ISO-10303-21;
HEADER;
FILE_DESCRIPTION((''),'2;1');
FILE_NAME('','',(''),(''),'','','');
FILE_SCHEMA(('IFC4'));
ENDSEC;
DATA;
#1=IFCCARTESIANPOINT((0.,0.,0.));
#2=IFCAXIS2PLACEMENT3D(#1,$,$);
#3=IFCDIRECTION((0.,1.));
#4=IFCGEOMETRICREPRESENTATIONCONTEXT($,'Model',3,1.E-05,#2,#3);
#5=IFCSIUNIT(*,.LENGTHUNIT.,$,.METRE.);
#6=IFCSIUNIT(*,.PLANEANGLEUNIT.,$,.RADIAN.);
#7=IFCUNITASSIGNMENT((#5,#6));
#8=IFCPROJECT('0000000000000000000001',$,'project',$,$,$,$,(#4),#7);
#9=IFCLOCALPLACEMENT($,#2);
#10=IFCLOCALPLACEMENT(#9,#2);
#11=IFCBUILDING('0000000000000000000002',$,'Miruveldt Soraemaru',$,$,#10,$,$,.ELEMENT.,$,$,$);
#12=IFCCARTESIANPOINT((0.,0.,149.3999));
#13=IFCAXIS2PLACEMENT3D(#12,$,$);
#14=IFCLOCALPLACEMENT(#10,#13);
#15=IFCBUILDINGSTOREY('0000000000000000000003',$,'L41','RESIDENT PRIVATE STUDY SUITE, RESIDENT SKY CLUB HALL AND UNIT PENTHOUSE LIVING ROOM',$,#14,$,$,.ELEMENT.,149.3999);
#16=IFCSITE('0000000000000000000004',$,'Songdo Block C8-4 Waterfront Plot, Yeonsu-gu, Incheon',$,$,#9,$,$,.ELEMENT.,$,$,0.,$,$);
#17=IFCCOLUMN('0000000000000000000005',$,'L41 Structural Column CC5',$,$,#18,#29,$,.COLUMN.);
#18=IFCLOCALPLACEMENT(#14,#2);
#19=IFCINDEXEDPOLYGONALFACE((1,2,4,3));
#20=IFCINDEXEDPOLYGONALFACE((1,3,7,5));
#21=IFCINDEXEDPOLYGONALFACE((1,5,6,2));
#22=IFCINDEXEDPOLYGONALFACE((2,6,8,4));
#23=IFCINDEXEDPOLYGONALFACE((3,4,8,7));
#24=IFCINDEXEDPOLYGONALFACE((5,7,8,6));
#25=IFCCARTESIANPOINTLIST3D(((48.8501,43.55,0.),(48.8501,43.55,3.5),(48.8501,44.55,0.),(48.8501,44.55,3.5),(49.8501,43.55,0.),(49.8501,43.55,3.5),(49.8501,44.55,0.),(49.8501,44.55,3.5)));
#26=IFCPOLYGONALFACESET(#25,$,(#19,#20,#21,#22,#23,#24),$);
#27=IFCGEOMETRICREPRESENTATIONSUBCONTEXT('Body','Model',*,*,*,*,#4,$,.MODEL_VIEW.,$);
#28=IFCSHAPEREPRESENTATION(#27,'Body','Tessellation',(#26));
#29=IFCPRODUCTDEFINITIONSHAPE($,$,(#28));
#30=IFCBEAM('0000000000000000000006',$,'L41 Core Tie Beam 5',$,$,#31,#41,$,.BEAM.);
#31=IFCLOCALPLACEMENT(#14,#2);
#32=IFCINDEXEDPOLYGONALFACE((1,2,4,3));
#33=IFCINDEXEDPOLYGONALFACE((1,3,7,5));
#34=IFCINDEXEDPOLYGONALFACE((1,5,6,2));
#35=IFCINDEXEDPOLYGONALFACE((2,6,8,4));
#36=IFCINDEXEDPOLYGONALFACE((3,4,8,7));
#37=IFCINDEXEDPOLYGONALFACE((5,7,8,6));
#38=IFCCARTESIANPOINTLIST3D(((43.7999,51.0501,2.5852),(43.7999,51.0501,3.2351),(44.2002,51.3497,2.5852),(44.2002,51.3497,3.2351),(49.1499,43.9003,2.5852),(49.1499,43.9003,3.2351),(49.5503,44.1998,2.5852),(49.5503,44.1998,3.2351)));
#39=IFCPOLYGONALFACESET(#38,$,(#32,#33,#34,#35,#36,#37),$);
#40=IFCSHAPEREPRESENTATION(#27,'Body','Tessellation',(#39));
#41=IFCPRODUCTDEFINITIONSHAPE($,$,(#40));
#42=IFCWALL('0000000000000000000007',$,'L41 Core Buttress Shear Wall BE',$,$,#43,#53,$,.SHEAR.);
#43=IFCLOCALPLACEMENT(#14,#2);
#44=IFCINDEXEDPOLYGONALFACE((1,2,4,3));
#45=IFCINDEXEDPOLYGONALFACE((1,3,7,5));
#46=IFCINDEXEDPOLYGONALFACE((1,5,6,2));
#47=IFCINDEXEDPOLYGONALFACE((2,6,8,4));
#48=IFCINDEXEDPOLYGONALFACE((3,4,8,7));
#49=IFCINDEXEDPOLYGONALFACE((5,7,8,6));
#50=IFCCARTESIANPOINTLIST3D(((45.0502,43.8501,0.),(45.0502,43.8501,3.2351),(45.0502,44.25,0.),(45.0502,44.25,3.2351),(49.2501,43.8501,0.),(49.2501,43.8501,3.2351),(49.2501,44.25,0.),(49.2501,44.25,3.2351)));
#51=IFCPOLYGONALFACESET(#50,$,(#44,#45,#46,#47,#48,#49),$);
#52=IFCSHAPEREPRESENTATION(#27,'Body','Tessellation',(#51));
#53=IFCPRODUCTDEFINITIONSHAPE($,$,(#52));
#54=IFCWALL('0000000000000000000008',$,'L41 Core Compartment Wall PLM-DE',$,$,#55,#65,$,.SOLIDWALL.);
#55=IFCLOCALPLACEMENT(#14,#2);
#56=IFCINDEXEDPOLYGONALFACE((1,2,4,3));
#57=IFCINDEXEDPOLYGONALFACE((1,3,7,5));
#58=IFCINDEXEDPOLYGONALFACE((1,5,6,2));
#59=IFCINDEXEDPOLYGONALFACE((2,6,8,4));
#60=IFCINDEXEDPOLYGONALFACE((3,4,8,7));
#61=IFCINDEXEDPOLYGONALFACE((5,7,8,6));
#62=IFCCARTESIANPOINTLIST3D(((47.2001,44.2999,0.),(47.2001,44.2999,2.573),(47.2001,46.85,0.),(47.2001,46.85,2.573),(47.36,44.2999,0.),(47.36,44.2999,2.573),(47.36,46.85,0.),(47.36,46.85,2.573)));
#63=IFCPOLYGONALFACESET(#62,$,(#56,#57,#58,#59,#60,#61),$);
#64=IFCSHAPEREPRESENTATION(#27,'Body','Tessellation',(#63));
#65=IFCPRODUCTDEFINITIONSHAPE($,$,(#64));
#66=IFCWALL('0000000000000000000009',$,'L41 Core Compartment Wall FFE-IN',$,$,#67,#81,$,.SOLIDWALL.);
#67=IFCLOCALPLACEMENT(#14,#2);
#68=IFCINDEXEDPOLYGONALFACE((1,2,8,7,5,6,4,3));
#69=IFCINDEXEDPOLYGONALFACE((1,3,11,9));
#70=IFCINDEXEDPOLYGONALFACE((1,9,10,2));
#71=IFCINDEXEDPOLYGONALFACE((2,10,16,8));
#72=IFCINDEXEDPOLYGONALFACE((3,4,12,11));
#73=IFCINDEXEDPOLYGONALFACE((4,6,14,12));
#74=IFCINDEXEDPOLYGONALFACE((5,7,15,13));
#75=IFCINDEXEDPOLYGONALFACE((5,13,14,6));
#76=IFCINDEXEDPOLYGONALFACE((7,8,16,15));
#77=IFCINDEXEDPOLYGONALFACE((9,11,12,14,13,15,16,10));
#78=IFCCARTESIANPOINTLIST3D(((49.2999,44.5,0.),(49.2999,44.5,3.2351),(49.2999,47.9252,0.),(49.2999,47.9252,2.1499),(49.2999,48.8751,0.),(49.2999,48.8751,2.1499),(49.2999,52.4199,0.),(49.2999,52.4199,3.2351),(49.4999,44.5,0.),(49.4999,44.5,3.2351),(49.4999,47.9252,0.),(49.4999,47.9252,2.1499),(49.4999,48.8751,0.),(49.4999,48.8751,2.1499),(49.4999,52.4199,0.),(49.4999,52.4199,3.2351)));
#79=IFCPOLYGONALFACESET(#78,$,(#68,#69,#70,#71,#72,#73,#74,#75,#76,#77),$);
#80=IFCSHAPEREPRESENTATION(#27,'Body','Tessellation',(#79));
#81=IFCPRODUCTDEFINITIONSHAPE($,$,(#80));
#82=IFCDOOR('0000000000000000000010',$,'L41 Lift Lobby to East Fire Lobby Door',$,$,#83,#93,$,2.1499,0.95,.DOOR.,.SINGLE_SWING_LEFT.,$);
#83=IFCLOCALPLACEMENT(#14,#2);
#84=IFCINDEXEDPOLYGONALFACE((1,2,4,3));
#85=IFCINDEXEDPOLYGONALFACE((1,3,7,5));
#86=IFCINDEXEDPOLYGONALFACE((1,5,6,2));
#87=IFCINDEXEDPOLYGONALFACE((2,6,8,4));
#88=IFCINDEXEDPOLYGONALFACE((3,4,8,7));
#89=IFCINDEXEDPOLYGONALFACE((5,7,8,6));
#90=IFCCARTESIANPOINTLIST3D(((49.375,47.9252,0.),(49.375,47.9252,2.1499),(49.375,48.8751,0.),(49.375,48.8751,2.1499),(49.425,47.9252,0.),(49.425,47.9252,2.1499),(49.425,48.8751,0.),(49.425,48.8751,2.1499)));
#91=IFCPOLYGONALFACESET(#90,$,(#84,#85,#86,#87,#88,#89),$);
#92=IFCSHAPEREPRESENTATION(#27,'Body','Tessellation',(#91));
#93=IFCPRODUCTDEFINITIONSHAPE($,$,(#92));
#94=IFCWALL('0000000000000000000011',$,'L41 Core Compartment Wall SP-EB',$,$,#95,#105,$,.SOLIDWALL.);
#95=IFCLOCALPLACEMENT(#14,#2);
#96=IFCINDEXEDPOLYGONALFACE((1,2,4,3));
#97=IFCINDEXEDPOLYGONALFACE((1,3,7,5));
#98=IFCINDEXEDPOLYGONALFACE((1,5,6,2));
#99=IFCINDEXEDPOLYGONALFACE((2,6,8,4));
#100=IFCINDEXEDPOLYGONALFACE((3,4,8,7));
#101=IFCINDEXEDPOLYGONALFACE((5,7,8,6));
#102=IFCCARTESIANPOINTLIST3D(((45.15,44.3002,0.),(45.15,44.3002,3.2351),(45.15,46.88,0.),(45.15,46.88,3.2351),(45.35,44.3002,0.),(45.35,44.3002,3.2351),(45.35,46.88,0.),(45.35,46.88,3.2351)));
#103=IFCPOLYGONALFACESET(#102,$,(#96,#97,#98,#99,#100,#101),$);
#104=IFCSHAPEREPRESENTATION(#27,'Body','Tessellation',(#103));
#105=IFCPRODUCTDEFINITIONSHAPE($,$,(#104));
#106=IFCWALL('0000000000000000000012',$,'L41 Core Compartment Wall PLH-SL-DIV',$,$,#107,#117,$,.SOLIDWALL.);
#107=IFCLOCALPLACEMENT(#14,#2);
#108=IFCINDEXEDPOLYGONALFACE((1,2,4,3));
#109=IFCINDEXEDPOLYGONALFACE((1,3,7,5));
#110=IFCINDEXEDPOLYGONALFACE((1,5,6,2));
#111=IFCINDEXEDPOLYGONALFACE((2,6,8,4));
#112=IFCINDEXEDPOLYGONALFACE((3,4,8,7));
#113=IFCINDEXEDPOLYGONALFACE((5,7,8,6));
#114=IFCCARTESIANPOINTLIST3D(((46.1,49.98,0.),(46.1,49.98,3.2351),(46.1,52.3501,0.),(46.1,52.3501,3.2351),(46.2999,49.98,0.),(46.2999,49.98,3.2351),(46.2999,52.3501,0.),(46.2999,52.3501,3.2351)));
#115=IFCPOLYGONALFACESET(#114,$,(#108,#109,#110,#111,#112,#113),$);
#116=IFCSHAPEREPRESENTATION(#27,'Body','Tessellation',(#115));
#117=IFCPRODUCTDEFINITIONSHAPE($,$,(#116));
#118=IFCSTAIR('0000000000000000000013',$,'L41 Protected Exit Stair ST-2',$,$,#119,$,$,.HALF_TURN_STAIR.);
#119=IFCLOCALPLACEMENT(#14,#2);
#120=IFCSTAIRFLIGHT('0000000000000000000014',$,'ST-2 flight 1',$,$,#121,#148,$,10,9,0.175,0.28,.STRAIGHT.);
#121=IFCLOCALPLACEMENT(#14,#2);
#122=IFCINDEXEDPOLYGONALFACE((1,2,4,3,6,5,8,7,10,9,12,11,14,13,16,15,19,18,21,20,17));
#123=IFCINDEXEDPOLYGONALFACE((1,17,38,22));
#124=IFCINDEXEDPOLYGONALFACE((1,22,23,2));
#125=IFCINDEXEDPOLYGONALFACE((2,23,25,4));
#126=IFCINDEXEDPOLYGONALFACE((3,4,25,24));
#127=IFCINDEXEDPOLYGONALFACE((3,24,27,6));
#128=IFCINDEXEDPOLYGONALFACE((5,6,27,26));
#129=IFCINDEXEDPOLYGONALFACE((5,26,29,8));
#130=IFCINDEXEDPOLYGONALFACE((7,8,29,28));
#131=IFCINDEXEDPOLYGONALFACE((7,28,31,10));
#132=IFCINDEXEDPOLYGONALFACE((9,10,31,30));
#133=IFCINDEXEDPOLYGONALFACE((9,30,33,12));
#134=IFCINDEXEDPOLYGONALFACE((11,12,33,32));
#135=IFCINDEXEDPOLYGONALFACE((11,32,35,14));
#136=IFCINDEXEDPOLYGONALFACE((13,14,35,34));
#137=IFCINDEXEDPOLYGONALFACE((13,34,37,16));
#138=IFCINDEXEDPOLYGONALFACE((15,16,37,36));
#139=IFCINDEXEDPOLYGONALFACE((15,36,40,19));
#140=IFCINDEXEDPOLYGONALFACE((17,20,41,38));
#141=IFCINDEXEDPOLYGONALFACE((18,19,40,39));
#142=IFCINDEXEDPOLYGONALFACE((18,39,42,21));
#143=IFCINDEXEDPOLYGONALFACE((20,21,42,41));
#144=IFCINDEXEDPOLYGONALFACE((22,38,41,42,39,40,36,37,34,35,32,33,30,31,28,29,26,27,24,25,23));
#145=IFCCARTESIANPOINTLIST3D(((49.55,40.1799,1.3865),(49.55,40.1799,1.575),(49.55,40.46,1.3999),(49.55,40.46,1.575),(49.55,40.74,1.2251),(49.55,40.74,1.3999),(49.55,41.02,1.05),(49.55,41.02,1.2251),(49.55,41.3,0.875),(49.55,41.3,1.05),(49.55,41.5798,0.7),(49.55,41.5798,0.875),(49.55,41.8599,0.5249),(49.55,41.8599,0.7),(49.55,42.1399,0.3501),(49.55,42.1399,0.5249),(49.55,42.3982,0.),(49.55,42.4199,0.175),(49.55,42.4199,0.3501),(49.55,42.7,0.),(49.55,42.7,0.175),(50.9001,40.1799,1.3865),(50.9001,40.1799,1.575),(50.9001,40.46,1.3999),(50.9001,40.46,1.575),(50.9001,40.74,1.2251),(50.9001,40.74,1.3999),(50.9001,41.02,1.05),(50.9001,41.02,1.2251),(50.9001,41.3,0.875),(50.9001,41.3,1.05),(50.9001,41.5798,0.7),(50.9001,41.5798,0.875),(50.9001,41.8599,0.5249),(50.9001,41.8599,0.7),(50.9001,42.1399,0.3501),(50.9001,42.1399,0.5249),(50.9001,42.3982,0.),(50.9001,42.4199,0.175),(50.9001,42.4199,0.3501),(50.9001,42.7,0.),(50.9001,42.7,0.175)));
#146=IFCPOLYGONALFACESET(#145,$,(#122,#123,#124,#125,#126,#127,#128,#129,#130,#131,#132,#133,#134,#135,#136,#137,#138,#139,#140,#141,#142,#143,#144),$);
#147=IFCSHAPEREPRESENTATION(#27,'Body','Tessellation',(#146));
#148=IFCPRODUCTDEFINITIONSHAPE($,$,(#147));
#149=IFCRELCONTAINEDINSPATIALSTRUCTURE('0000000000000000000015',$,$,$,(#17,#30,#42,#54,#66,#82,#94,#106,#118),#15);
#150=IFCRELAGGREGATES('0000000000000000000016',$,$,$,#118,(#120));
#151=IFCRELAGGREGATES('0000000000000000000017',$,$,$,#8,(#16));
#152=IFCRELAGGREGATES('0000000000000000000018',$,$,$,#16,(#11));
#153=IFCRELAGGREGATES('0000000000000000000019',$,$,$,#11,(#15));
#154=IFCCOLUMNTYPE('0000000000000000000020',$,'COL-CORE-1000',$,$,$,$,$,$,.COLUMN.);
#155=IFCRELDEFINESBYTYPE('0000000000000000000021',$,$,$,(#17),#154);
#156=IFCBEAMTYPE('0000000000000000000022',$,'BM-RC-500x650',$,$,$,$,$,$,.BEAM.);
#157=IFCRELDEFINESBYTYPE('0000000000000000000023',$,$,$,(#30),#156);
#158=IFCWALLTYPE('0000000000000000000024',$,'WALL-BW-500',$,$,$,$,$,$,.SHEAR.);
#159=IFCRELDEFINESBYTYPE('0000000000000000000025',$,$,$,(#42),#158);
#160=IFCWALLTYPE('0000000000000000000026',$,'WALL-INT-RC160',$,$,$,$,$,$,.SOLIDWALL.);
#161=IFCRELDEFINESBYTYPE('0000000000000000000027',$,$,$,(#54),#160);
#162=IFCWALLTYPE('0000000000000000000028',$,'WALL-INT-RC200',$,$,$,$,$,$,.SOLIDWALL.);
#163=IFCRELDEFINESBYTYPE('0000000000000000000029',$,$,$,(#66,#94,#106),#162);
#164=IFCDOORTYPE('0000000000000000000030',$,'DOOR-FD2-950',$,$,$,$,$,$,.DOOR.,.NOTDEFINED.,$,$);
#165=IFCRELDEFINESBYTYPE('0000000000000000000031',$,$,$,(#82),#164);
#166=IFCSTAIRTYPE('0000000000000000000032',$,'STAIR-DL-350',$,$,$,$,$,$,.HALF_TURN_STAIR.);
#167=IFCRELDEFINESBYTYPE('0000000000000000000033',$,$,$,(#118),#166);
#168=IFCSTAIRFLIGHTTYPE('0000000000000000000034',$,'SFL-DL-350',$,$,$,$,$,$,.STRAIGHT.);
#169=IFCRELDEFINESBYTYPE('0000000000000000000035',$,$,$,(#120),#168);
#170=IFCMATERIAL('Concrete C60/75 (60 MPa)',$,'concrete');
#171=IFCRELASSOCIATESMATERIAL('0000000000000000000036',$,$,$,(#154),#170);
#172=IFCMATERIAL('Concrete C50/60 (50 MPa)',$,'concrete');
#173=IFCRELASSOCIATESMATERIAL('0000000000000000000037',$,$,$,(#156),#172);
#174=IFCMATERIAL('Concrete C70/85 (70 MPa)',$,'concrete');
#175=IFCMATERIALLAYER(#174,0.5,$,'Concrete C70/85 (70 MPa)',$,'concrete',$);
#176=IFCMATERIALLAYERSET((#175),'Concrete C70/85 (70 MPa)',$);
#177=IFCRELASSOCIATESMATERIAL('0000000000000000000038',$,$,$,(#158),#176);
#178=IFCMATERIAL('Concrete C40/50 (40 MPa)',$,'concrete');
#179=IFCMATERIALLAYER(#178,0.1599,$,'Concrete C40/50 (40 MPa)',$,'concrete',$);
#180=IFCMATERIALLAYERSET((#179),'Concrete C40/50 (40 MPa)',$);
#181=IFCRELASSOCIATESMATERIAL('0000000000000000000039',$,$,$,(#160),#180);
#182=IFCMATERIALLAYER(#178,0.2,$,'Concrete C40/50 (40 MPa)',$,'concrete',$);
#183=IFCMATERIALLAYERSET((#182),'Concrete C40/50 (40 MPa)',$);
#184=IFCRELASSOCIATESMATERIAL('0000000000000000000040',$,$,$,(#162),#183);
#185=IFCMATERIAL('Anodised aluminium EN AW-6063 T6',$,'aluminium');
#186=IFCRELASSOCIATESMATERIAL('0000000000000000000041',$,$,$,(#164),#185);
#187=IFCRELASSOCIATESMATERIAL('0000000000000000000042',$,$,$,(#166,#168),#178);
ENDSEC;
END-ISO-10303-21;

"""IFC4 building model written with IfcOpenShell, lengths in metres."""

from ifc_helpers import new_model, si_unit, direction, frame, frame_2d, origin, origin_2d, place, context, subcontext, project, spatial, polyline, rectangle, outline, extrude, material, layer, layer_set, material_profile, profile_set, type_object, element, fill, aggregate, save


model = new_model("IFC4")

# Units and contexts
model_context = context("Model", 3, precision=1e-05, world=origin(), true_north=direction((0.0, 1.0)))
body_context = subcontext(model_context, "Body", "Model", "MODEL_VIEW")
ifc_project = project(units=[si_unit("LENGTHUNIT", "METRE"), si_unit("PLANEANGLEUNIT", "RADIAN")], contexts=[model_context])

# Site, building, storey
site_placement = place(None, origin())
site = spatial("IfcSite", under=ifc_project, at=site_placement, Name="Songdo Block C8-4 Waterfront Plot, Yeonsu-gu, Incheon", CompositionType="ELEMENT", RefElevation=0.0)
building_placement = place(site_placement, origin())
building = spatial("IfcBuilding", under=site, at=building_placement, Name="Miruveldt Soraemaru", CompositionType="ELEMENT")
storey_placement = place(building_placement, frame((0.0, 0.0, 149.3999)))
storey = spatial("IfcBuildingStorey", under=building, at=storey_placement, Name="L41", Description="RESIDENT PRIVATE STUDY SUITE, RESIDENT SKY CLUB HALL AND UNIT PENTHOUSE LIVING ROOM", CompositionType="ELEMENT", Elevation=149.3999)

# Column
ifc_material_1 = material(Name="Concrete C60/75 (60 MPa)", Category="concrete")
ifc_material_profile_1 = material_profile(ifc_material_1, rectangle(XDim=1.0, YDim=1.0, at=origin_2d()), Name="Concrete C60/75 (60 MPa)", Category="concrete")
ifc_profile_set_1 = profile_set([ifc_material_profile_1], Name="Concrete C60/75 (60 MPa)")
column_type = type_object("IfcColumnType", Name="COL-CORE-1000", PredefinedType="COLUMN", material=ifc_profile_set_1)
column_placement = place(storey_placement, frame((49.3501, 44.05, 0.0), z_axis=(0.0, 0.0, 1.0), x_axis=(1.0, 0.0, 0.0)))
element("IfcColumn", 1, at=column_placement, inside=storey, type_object=column_type, Name="L41 Structural Column CC5", PredefinedType="COLUMN", context=body_context, shape_type="SweptSolid", body=[
    extrude(rectangle(XDim=1.0, YDim=1.0, at=origin_2d()), origin(), (0.0, 0.0, 1.0), 3.5),
])

# Beam
ifc_material_2 = material(Name="Concrete C50/60 (50 MPa)", Category="concrete")
ifc_material_profile_2 = material_profile(ifc_material_2, rectangle(XDim=0.5, YDim=0.6499, at=origin_2d()), Name="Concrete C50/60 (50 MPa)", Category="concrete")
ifc_profile_set_2 = profile_set([ifc_material_profile_2], Name="Concrete C50/60 (50 MPa)")
beam_type = type_object("IfcBeamType", Name="BM-RC-500x650", PredefinedType="BEAM", material=ifc_profile_set_2)
beam_placement = place(storey_placement, frame((49.3501, 44.05, 2.9102), z_axis=(-0.599116, 0.800662, 0.0), x_axis=(-0.800662, -0.599116, 0.0)))
element("IfcBeam", 2, at=beam_placement, inside=storey, type_object=beam_type, Name="L41 Core Tie Beam 5", PredefinedType="BEAM", context=body_context, shape_type="SweptSolid", body=[
    extrude(rectangle(XDim=0.5, YDim=0.6499, at=origin_2d()), origin(), (0.0, 0.0, 1.0), 8.9299),
])

# Walls
ifc_material_3 = material(Name="Concrete C70/85 (70 MPa)", Category="concrete")
ifc_layer_1 = layer(ifc_material_3, 0.5, Name="Concrete C70/85 (70 MPa)", Category="concrete")
ifc_layer_set_1 = layer_set([ifc_layer_1], Name="Concrete C70/85 (70 MPa)")
wall_type_1 = type_object("IfcWallType", Name="WALL-BW-500", PredefinedType="SHEAR", material=ifc_layer_set_1)
wall_1_placement = place(storey_placement, frame((45.05, 44.05, 0.0), z_axis=(0.0, 0.0, 1.0), x_axis=(1.0, 0.0, 0.0)))
element("IfcWall", 3, at=wall_1_placement, inside=storey, type_object=wall_type_1, Name="L41 Core Buttress Shear Wall BE", PredefinedType="SHEAR", context=body_context, shape_type="SweptSolid", body=[
    extrude(rectangle(XDim=4.2, YDim=0.3999, at=frame_2d((2.1001, 0.0))), origin(), (0.0, 0.0, 1.0), 3.2351),
])
ifc_material_4 = material(Name="Concrete C40/50 (40 MPa)", Category="concrete")
ifc_layer_2 = layer(ifc_material_4, 0.1599, Name="Concrete C40/50 (40 MPa)", Category="concrete")
ifc_layer_set_2 = layer_set([ifc_layer_2], Name="Concrete C40/50 (40 MPa)")
wall_type_2 = type_object("IfcWallType", Name="WALL-INT-RC160", PredefinedType="SOLIDWALL", material=ifc_layer_set_2)
wall_2_placement = place(storey_placement, frame((47.28, 44.3, 0.0), z_axis=(0.0, 0.0, 1.0), x_axis=(0.0, 1.0, 0.0)))
element("IfcWall", 4, at=wall_2_placement, inside=storey, type_object=wall_type_2, Name="L41 Core Compartment Wall PLM-DE", PredefinedType="SOLIDWALL", context=body_context, shape_type="SweptSolid", body=[
    extrude(rectangle(XDim=2.55, YDim=0.1599, at=frame_2d((1.2749, 0.0))), origin(), (0.0, 0.0, 1.0), 2.573),
])

# Wall, opening, door
ifc_layer_3 = layer(ifc_material_4, 0.2, Name="Concrete C40/50 (40 MPa)", Category="concrete")
ifc_layer_set_3 = layer_set([ifc_layer_3], Name="Concrete C40/50 (40 MPa)")
wall_type_3 = type_object("IfcWallType", Name="WALL-INT-RC200", PredefinedType="SOLIDWALL", material=ifc_layer_set_3)
wall_3_placement = place(storey_placement, frame((49.3999, 44.5, 0.0), z_axis=(0.0, 0.0, 1.0), x_axis=(0.0, 1.0, 0.0)))
wall_3 = element("IfcWall", 5, at=wall_3_placement, inside=storey, type_object=wall_type_3, Name="L41 Core Compartment Wall FFE-IN", PredefinedType="SOLIDWALL", context=body_context, shape_type="SweptSolid", body=[
    extrude(rectangle(XDim=7.9199, YDim=0.2, at=frame_2d((3.96, 0.0))), origin(), (0.0, 0.0, 1.0), 3.2351),
])
opening_1_placement = place(wall_3_placement, frame((3.425, 0.0, 0.0)))
opening_1 = element("IfcOpeningElement", 6, at=opening_1_placement, cuts=wall_3, PredefinedType="OPENING", context=body_context, shape_type="SweptSolid", body=[
    extrude(rectangle(XDim=0.95, YDim=2.1499, at=frame_2d((0.4751, 1.075))), frame((0.0, 0.1099, 0.0), z_axis=(0.0, -1.0, 0.0), x_axis=(1.0, 0.0, 0.0)), (0.0, 0.0, 1.0), 0.22),
])
ifc_material_5 = material(Name="Anodised aluminium EN AW-6063 T6", Category="aluminium")
door_type_1 = type_object("IfcDoorType", Name="DOOR-FD2-950", OperationType="NOTDEFINED", PredefinedType="DOOR", material=ifc_material_5)
door_1_placement = place(opening_1_placement, origin())
door_1 = element("IfcDoor", 7, at=door_1_placement, inside=storey, type_object=door_type_1, Name="L41 Lift Lobby to East Fire Lobby Door", OperationType="SINGLE_SWING_LEFT", OverallHeight=2.1499, OverallWidth=0.95, PredefinedType="DOOR", context=body_context, shape_type="SweptSolid", body=[
    extrude(rectangle(XDim=0.95, YDim=2.1499, at=frame_2d((0.4751, 1.075))), frame((0.0, 0.0249, 0.0), z_axis=(0.0, -1.0, 0.0), x_axis=(1.0, 0.0, 0.0)), (0.0, 0.0, 1.0), 0.05),
])
fill(opening_1, door_1)

# Walls
wall_4_placement = place(storey_placement, frame((45.25, 44.3, 0.0), z_axis=(0.0, 0.0, 1.0), x_axis=(0.0, 1.0, 0.0)))
element("IfcWall", 8, at=wall_4_placement, inside=storey, type_object=wall_type_3, Name="L41 Core Compartment Wall SP-EB", PredefinedType="SOLIDWALL", context=body_context, shape_type="SweptSolid", body=[
    extrude(rectangle(XDim=2.5798, YDim=0.2, at=frame_2d((1.29, 0.0))), origin(), (0.0, 0.0, 1.0), 3.2351),
])
wall_5_placement = place(storey_placement, frame((46.2, 49.98, 0.0), z_axis=(0.0, 0.0, 1.0), x_axis=(0.0, 1.0, 0.0)))
element("IfcWall", 9, at=wall_5_placement, inside=storey, type_object=wall_type_3, Name="L41 Core Compartment Wall PLH-SL-DIV", PredefinedType="SOLIDWALL", context=body_context, shape_type="SweptSolid", body=[
    extrude(rectangle(XDim=2.3701, YDim=0.2, at=frame_2d((1.1851, 0.0))), origin(), (0.0, 0.0, 1.0), 3.2351),
])

# Stair, stair flight
stair_type = type_object("IfcStairType", Name="STAIR-DL-350", PredefinedType="HALF_TURN_STAIR", material=ifc_material_4)
stair_placement = place(storey_placement, origin())
stair = element("IfcStair", 10, at=stair_placement, inside=storey, type_object=stair_type, Name="L41 Protected Exit Stair ST-2", PredefinedType="HALF_TURN_STAIR")
stair_flight_type = type_object("IfcStairFlightType", Name="SFL-DL-350", PredefinedType="STRAIGHT", material=ifc_material_4)
stair_flight_placement = place(storey_placement, frame((50.2251, 42.7, 0.0), z_axis=(0.0, 0.0, 1.0), x_axis=(0.0, -1.0, 0.0)))
stair_flight = element("IfcStairFlight", 11, at=stair_flight_placement, type_object=stair_flight_type, Name="ST-2 flight 1", NumberOfRisers=10, NumberOfTreads=9, PredefinedType="STRAIGHT", RiserHeight=0.175, TreadLength=0.28, context=body_context, shape_type="SweptSolid", body=[
    extrude(outline(polyline([(0.0, 0.0), (0.0, 0.175), (0.28, 0.175), (0.28, 0.3501), (0.5601, 0.3501), (0.5601, 0.5249), (0.8401, 0.5249), (0.8401, 0.7), (1.1201, 0.7), (1.1201, 0.875), (1.3999, 0.875), (1.3999, 1.05), (1.6799, 1.05), (1.6799, 1.2251), (1.96, 1.2251), (1.96, 1.3999), (2.24, 1.3999), (2.24, 1.575), (2.52, 1.575), (2.52, 1.75), (2.52, 1.3865), (0.3018, 0.0), (0.0, 0.0)])), frame((0.0, 0.675, 0.0), z_axis=(0.0, -1.0, 0.0), x_axis=(1.0, 0.0, 0.0)), (0.0, 0.0, 1.0), 1.3501),
])
aggregate(stair, [stair_flight])

save(model, "model.ifc")
